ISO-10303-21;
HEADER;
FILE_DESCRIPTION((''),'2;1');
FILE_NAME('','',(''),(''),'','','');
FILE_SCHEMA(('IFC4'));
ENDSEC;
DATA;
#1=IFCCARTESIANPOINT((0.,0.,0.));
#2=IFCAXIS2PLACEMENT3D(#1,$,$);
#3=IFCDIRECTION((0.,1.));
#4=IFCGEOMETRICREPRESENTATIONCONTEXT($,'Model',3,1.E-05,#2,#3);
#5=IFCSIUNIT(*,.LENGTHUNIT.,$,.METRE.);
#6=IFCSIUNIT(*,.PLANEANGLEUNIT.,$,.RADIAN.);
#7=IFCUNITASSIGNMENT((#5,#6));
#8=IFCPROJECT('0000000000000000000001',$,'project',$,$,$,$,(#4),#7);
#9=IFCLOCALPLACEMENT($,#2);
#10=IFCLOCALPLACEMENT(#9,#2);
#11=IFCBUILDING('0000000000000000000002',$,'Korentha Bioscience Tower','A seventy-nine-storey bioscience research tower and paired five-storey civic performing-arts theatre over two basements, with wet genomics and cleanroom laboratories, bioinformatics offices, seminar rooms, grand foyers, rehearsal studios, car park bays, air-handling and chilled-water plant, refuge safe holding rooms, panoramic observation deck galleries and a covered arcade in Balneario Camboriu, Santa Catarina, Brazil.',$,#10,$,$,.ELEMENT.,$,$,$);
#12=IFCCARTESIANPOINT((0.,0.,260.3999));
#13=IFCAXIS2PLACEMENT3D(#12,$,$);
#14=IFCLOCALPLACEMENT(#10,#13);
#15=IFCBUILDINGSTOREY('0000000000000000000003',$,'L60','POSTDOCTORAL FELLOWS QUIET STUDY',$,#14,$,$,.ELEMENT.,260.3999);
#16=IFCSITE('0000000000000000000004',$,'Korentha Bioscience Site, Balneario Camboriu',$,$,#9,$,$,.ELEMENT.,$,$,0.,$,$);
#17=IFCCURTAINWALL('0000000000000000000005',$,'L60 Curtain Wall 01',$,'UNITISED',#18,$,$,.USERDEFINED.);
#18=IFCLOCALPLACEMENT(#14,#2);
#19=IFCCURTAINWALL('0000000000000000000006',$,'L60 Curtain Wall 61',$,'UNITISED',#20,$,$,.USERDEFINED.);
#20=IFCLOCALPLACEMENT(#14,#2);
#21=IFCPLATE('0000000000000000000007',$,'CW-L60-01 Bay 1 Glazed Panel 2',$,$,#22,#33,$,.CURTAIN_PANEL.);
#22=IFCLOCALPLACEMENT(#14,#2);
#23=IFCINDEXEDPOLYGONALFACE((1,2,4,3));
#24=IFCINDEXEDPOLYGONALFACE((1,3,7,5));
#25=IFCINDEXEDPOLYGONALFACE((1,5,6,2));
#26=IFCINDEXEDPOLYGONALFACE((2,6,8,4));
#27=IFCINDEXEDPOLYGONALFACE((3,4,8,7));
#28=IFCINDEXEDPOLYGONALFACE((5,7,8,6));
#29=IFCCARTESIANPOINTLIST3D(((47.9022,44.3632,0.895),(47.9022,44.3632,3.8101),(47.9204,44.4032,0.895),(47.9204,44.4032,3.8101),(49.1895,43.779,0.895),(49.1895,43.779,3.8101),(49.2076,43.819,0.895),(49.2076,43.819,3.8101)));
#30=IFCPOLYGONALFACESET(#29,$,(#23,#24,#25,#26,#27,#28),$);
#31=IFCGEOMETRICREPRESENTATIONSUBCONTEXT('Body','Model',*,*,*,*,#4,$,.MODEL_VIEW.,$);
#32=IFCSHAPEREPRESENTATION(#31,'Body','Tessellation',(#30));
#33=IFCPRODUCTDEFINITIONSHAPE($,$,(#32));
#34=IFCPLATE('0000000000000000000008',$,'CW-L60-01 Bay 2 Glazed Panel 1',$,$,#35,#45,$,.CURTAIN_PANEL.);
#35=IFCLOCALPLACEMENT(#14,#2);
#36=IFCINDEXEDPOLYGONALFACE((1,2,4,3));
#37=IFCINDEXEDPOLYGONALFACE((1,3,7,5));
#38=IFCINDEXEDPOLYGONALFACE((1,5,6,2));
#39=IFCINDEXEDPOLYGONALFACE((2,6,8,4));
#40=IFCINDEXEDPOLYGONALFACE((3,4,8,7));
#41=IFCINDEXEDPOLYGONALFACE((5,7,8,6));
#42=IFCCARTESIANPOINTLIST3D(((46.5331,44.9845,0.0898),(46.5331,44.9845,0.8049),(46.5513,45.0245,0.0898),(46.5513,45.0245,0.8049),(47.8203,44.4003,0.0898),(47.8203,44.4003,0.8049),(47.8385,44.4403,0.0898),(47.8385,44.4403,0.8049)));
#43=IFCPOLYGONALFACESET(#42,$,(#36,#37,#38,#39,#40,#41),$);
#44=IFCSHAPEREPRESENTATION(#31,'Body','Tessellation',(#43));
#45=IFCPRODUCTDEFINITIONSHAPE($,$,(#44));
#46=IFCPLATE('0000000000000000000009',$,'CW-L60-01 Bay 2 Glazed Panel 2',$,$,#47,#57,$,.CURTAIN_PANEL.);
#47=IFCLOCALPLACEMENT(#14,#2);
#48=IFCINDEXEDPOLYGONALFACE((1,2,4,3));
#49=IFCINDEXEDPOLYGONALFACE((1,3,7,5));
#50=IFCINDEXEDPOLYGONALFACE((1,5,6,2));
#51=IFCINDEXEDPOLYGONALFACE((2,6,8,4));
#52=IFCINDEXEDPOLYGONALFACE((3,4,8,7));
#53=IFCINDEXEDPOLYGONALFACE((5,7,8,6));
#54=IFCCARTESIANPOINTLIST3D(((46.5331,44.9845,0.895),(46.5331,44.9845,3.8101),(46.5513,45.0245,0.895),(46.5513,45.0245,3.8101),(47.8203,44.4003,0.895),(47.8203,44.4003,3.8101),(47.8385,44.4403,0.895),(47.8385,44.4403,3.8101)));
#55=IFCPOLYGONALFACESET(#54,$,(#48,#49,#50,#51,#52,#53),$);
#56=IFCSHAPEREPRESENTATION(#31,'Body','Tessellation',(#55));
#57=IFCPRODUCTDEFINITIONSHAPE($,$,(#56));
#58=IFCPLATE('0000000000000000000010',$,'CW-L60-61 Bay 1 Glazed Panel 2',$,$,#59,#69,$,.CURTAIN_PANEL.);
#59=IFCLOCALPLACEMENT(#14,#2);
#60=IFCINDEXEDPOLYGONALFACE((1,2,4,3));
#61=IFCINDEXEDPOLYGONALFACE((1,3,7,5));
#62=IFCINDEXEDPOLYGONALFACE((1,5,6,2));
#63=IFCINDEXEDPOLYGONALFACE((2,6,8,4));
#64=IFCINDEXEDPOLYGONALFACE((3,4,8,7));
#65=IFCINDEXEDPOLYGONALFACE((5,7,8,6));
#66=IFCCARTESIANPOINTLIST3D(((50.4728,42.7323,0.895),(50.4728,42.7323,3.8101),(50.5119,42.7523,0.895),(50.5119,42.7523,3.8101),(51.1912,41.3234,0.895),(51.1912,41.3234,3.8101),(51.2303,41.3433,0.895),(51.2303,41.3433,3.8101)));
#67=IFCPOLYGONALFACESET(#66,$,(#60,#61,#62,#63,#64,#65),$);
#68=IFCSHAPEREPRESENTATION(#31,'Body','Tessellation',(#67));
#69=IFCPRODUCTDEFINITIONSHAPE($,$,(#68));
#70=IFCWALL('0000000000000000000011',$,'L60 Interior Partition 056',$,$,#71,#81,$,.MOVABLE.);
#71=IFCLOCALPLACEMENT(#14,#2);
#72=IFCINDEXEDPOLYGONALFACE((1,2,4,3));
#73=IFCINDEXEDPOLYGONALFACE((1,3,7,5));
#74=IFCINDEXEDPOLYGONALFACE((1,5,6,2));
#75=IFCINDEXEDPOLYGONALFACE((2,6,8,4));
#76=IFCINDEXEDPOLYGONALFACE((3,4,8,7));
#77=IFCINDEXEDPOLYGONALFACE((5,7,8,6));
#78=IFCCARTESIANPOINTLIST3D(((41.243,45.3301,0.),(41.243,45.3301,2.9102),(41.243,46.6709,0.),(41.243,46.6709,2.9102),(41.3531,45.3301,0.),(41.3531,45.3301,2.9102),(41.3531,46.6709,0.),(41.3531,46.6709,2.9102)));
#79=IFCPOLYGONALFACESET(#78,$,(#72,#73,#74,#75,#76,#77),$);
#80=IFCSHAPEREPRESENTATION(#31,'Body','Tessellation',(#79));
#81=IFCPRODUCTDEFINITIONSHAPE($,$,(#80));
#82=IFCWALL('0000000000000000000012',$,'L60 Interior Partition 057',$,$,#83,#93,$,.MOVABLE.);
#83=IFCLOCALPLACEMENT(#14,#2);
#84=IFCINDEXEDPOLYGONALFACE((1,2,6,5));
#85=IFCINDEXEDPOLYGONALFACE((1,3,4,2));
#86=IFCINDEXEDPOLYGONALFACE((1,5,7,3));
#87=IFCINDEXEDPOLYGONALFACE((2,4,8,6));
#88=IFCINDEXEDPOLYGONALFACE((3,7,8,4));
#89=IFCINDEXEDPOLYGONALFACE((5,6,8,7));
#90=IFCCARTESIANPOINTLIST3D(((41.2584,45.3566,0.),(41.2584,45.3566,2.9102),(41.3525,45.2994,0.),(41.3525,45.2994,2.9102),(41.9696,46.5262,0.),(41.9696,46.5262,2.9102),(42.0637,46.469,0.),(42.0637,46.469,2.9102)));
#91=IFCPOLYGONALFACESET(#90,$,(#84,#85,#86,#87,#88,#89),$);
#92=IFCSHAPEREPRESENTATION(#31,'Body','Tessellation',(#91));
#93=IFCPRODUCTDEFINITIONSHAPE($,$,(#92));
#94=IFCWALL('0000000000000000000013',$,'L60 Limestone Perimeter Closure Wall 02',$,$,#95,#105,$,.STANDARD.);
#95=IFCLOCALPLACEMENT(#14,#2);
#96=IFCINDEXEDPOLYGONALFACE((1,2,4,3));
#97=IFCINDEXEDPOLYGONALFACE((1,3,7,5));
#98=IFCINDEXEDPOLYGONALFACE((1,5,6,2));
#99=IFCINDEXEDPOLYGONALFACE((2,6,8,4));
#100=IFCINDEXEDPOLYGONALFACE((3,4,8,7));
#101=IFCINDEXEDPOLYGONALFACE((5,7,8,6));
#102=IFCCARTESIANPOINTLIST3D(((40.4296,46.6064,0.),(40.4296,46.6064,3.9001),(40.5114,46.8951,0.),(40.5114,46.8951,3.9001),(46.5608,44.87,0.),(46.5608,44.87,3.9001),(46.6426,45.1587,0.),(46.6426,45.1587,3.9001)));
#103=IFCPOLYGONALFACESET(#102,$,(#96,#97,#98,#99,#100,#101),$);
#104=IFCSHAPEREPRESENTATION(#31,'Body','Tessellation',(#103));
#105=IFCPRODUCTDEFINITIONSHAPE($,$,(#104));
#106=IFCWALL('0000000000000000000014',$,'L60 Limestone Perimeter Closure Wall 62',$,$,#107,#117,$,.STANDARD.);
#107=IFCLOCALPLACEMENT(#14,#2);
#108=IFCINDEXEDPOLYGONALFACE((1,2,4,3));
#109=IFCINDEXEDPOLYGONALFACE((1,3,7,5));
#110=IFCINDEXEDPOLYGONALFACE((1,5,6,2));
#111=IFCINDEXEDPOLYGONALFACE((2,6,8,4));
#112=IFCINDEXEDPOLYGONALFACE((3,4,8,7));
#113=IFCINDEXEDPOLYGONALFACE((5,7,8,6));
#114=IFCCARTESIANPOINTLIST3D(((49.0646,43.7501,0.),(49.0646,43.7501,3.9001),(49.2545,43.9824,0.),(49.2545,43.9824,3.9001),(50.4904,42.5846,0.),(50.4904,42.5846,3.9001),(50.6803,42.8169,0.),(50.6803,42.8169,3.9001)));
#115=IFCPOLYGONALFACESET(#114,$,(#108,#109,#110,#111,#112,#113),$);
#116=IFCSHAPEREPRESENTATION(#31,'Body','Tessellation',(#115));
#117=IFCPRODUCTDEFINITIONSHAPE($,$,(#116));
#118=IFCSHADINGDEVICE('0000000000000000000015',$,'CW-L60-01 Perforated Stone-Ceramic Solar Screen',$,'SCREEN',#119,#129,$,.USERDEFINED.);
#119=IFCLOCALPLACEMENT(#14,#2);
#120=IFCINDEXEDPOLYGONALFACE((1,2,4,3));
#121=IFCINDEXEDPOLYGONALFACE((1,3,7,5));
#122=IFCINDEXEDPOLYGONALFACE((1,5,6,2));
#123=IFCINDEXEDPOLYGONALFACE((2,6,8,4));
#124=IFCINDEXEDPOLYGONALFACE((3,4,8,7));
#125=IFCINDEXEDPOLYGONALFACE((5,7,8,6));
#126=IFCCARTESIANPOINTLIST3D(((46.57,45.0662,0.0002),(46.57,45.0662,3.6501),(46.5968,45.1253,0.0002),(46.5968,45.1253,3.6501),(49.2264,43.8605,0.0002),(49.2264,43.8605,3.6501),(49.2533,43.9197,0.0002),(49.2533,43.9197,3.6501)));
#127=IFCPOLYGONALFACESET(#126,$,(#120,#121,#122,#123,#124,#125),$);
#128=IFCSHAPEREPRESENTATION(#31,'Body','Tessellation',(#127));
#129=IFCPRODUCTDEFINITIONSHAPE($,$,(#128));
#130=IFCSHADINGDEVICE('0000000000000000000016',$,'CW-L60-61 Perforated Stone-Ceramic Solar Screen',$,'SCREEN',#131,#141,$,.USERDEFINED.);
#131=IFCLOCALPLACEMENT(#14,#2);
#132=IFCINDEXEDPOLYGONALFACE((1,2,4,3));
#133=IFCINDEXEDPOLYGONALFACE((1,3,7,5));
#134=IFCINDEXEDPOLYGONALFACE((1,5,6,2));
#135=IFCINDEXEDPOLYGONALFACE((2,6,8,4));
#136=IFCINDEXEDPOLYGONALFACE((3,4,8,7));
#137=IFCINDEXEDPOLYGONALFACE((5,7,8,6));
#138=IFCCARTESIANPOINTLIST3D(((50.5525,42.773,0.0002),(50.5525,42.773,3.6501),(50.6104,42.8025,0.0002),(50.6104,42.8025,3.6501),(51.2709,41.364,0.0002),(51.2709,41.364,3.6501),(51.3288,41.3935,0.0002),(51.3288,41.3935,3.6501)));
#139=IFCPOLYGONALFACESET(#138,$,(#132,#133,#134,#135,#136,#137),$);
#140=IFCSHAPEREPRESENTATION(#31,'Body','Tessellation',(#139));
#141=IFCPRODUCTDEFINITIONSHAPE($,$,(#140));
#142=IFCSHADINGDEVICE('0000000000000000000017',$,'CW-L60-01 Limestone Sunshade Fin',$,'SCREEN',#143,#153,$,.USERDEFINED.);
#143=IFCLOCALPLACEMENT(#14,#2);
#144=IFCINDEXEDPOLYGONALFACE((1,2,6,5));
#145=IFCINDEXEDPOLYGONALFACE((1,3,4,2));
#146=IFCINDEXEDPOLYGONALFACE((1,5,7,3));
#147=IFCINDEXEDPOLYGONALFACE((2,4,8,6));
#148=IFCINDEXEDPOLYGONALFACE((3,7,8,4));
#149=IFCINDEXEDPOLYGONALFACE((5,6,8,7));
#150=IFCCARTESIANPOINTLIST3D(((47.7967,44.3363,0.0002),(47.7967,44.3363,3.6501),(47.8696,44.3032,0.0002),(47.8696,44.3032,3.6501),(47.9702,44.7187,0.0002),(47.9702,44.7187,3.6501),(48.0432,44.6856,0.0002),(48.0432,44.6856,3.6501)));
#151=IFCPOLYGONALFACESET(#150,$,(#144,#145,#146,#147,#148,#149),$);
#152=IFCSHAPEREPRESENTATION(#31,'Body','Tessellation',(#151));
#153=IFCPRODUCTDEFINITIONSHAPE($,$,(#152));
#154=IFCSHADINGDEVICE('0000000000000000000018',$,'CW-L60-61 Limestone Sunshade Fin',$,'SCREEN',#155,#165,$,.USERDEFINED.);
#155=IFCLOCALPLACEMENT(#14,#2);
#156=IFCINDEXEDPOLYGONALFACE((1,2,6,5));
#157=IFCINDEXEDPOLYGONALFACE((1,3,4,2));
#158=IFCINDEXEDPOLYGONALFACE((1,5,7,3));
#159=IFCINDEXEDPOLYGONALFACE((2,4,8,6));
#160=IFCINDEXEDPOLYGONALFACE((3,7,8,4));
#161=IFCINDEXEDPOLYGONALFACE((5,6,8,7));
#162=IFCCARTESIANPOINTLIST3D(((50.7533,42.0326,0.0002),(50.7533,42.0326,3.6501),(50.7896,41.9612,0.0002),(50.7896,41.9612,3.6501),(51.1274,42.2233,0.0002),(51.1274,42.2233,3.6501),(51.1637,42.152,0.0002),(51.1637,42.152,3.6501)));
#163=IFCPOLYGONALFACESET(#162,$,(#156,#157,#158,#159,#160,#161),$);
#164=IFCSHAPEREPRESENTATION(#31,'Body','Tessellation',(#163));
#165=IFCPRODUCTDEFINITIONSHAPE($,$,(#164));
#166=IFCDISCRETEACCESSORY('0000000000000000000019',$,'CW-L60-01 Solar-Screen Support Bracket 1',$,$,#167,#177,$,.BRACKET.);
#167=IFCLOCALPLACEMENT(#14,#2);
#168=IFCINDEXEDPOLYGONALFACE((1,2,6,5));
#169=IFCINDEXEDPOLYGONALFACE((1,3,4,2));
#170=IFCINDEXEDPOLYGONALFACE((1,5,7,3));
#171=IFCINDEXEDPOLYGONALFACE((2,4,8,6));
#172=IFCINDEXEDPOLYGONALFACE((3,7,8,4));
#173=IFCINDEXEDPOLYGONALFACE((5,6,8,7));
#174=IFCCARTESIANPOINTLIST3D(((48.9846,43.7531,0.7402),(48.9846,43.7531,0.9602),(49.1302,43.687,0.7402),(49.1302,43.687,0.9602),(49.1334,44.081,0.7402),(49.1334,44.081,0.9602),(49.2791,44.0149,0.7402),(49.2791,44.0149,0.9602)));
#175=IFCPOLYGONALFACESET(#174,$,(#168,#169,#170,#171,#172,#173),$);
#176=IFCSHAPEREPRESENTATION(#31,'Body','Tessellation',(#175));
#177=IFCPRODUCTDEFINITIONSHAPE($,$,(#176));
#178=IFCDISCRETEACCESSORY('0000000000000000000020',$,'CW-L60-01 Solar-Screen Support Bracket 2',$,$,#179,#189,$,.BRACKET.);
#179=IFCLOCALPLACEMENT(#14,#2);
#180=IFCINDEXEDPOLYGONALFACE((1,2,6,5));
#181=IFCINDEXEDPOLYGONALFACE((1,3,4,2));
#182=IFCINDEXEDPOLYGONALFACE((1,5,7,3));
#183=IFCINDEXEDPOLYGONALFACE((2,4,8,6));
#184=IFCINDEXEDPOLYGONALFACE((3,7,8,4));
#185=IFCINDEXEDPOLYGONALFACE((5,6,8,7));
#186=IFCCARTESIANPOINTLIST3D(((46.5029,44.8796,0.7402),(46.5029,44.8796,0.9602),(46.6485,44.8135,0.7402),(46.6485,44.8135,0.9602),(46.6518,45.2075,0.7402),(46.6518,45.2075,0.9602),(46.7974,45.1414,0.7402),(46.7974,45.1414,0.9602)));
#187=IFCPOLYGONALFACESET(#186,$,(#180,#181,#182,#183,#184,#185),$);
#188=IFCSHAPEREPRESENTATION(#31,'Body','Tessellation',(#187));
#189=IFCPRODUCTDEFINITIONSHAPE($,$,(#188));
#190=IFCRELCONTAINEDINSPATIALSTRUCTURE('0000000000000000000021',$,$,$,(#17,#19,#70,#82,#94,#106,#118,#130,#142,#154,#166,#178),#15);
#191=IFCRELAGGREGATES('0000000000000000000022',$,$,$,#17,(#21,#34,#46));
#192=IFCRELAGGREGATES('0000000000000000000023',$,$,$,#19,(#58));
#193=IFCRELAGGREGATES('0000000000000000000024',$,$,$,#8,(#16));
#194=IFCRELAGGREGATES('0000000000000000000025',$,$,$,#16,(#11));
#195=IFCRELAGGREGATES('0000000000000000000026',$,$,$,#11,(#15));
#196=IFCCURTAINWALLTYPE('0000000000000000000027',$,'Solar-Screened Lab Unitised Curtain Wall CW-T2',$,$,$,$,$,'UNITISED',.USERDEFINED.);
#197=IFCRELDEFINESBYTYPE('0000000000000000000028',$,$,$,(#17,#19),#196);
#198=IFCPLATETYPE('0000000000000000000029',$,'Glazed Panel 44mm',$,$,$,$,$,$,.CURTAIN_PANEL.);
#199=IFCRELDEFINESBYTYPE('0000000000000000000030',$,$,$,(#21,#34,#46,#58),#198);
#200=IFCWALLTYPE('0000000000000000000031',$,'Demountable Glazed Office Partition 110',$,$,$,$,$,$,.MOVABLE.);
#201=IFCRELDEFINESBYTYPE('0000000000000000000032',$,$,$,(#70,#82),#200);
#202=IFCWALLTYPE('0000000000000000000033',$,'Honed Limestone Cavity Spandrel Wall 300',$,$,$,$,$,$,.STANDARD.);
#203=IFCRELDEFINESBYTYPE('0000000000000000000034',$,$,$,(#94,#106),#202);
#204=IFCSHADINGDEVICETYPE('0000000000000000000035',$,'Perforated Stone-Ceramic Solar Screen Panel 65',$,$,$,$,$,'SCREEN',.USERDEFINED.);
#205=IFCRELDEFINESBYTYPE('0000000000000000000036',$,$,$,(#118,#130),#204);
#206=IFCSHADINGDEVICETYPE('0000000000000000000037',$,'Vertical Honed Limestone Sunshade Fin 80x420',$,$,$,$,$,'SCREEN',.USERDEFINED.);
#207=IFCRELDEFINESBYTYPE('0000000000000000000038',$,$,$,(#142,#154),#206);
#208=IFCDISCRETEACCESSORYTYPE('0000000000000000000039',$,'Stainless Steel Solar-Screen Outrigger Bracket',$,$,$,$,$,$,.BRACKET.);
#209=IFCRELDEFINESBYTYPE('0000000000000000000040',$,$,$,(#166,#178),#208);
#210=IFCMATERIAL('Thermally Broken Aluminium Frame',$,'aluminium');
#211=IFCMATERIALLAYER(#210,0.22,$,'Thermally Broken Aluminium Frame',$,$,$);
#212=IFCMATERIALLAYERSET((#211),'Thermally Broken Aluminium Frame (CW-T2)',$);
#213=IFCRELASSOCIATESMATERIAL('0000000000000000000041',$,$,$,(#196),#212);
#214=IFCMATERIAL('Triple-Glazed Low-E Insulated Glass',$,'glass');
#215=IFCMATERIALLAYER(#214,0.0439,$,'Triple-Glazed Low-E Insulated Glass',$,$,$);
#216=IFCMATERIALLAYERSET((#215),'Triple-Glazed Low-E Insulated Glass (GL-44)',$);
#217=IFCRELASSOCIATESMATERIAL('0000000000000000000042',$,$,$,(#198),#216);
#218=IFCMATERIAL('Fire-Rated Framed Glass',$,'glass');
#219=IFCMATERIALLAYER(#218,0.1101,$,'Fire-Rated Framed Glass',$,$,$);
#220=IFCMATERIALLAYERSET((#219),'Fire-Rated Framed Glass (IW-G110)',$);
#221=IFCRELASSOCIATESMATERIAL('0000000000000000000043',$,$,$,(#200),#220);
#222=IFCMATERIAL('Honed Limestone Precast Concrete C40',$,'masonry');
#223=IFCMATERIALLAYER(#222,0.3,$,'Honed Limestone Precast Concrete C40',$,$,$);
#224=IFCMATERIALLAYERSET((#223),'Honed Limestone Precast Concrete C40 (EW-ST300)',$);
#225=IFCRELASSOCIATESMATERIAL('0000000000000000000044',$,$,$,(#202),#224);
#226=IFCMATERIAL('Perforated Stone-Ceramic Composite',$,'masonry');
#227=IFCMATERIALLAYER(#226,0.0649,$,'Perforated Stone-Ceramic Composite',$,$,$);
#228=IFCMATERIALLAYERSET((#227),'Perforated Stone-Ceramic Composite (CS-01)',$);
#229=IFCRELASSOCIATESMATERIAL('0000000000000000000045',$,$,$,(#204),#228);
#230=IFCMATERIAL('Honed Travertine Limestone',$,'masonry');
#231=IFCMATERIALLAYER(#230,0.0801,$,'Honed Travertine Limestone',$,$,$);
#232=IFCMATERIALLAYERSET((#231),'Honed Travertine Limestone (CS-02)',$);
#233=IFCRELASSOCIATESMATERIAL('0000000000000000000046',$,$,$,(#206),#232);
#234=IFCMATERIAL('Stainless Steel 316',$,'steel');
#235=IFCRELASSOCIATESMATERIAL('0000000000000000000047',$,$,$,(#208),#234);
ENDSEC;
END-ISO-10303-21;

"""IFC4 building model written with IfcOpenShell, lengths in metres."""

from ifc_helpers import new_model, si_unit, direction, frame, frame_2d, origin, origin_2d, place, context, subcontext, project, spatial, rectangle, extrude, material, layer, layer_set, type_object, element, aggregate, save


model = new_model("IFC4")

# Units and contexts
model_context = context("Model", 3, precision=1e-05, world=origin(), true_north=direction((0.0, 1.0)))
body_context = subcontext(model_context, "Body", "Model", "MODEL_VIEW")
ifc_project = project(units=[si_unit("LENGTHUNIT", "METRE"), si_unit("PLANEANGLEUNIT", "RADIAN")], contexts=[model_context])

# Site, building, storey
site_placement = place(None, origin())
site = spatial("IfcSite", under=ifc_project, at=site_placement, Name="Korentha Bioscience Site, Balneario Camboriu", CompositionType="ELEMENT", RefElevation=0.0)
building_placement = place(site_placement, origin())
building = spatial("IfcBuilding", under=site, at=building_placement, Name="Korentha Bioscience Tower", Description="A seventy-nine-storey bioscience research tower and paired five-storey civic performing-arts theatre over two basements, with wet genomics and cleanroom laboratories, bioinformatics offices, seminar rooms, grand foyers, rehearsal studios, car park bays, air-handling and chilled-water plant, refuge safe holding rooms, panoramic observation deck galleries and a covered arcade in Balneario Camboriu, Santa Catarina, Brazil.", CompositionType="ELEMENT")
storey_placement = place(building_placement, frame((0.0, 0.0, 260.3999)))
storey = spatial("IfcBuildingStorey", under=building, at=storey_placement, Name="L60", Description="POSTDOCTORAL FELLOWS QUIET STUDY", CompositionType="ELEMENT", Elevation=260.3999)

# Curtain wall
ifc_material_1 = material(Name="Thermally Broken Aluminium Frame", Category="aluminium")
ifc_layer_1 = layer(ifc_material_1, 0.22, Name="Thermally Broken Aluminium Frame")
ifc_layer_set_1 = layer_set([ifc_layer_1], Name="Thermally Broken Aluminium Frame (CW-T2)")
curtain_wall_type = type_object("IfcCurtainWallType", Name="Solar-Screened Lab Unitised Curtain Wall CW-T2", ElementType="UNITISED", PredefinedType="USERDEFINED", material=ifc_layer_set_1)
curtain_wall_1_placement = place(storey_placement, origin())
curtain_wall_1 = element("IfcCurtainWall", 1, at=curtain_wall_1_placement, inside=storey, type_object=curtain_wall_type, Name="L60 Curtain Wall 01", ObjectType="UNITISED", PredefinedType="USERDEFINED")

# Curtain wall
curtain_wall_2_placement = place(storey_placement, origin())
curtain_wall_2 = element("IfcCurtainWall", 2, at=curtain_wall_2_placement, inside=storey, type_object=curtain_wall_type, Name="L60 Curtain Wall 61", ObjectType="UNITISED", PredefinedType="USERDEFINED")

# Plates
ifc_material_2 = material(Name="Triple-Glazed Low-E Insulated Glass", Category="glass")
ifc_layer_2 = layer(ifc_material_2, 0.0439, Name="Triple-Glazed Low-E Insulated Glass")
ifc_layer_set_2 = layer_set([ifc_layer_2], Name="Triple-Glazed Low-E Insulated Glass (GL-44)")
plate_type = type_object("IfcPlateType", Name="Glazed Panel 44mm", PredefinedType="CURTAIN_PANEL", material=ifc_layer_set_2)
plate_1_placement = place(storey_placement, frame((48.5549, 44.0911, 0.895), z_axis=(0.0, 0.0, 1.0), x_axis=(-0.910604, 0.41328, 0.0)))
plate_1 = element("IfcPlate", 3, at=plate_1_placement, type_object=plate_type, Name="CW-L60-01 Bay 1 Glazed Panel 2", PredefinedType="CURTAIN_PANEL", context=body_context, shape_type="SweptSolid", body=[
    extrude(rectangle(XDim=1.4136, YDim=0.0439, at=origin_2d()), origin(), (0.0, 0.0, 1.0), 2.915),
])
plate_2_placement = place(storey_placement, frame((47.1858, 44.7124, 0.0898), z_axis=(0.0, 0.0, 1.0), x_axis=(-0.910604, 0.41328, 0.0)))
plate_2 = element("IfcPlate", 4, at=plate_2_placement, type_object=plate_type, Name="CW-L60-01 Bay 2 Glazed Panel 1", PredefinedType="CURTAIN_PANEL", context=body_context, shape_type="SweptSolid", body=[
    extrude(rectangle(XDim=1.4136, YDim=0.0439, at=origin_2d()), origin(), (0.0, 0.0, 1.0), 0.7151),
])
plate_3_placement = place(storey_placement, frame((47.1858, 44.7124, 0.895), z_axis=(0.0, 0.0, 1.0), x_axis=(-0.910604, 0.41328, 0.0)))
plate_3 = element("IfcPlate", 5, at=plate_3_placement, type_object=plate_type, Name="CW-L60-01 Bay 2 Glazed Panel 2", PredefinedType="CURTAIN_PANEL", context=body_context, shape_type="SweptSolid", body=[
    extrude(rectangle(XDim=1.4136, YDim=0.0439, at=origin_2d()), origin(), (0.0, 0.0, 1.0), 2.915),
])
aggregate(curtain_wall_1, [plate_1, plate_2, plate_3])
plate_4_placement = place(storey_placement, frame((50.8516, 42.0378, 0.895), z_axis=(0.0, 0.0, 1.0), x_axis=(-0.454239, 0.89088, 0.0)))
plate_4 = element("IfcPlate", 6, at=plate_4_placement, type_object=plate_type, Name="CW-L60-61 Bay 1 Glazed Panel 2", PredefinedType="CURTAIN_PANEL", context=body_context, shape_type="SweptSolid", body=[
    extrude(rectangle(XDim=1.5815, YDim=0.0439, at=origin_2d()), origin(), (0.0, 0.0, 1.0), 2.915),
])
aggregate(curtain_wall_2, [plate_4])

# Walls
ifc_material_3 = material(Name="Fire-Rated Framed Glass", Category="glass")
ifc_layer_3 = layer(ifc_material_3, 0.1101, Name="Fire-Rated Framed Glass")
ifc_layer_set_3 = layer_set([ifc_layer_3], Name="Fire-Rated Framed Glass (IW-G110)")
wall_type_1 = type_object("IfcWallType", Name="Demountable Glazed Office Partition 110", PredefinedType="MOVABLE", material=ifc_layer_set_3)
wall_1_placement = place(storey_placement, frame((41.2981, 46.6709, 0.0), z_axis=(0.0, 0.0, 1.0), x_axis=(0.0, -1.0, 0.0)))
element("IfcWall", 7, at=wall_1_placement, inside=storey, type_object=wall_type_1, Name="L60 Interior Partition 056", PredefinedType="MOVABLE", context=body_context, shape_type="SweptSolid", body=[
    extrude(rectangle(XDim=1.3408, YDim=0.1101, at=frame_2d((0.6704, 0.0))), origin(), (0.0, 0.0, 1.0), 2.9102),
])
wall_2_placement = place(storey_placement, frame((41.3054, 45.3279, 0.0), z_axis=(0.0, 0.0, 1.0), x_axis=(0.519523, 0.854457, 0.0)))
element("IfcWall", 8, at=wall_2_placement, inside=storey, type_object=wall_type_1, Name="L60 Interior Partition 057", PredefinedType="MOVABLE", context=body_context, shape_type="SweptSolid", body=[
    extrude(rectangle(XDim=1.3689, YDim=0.1101, at=frame_2d((0.6846, 0.0))), origin(), (0.0, 0.0, 1.0), 2.9102),
])
ifc_material_4 = material(Name="Honed Limestone Precast Concrete C40", Category="masonry")
ifc_layer_4 = layer(ifc_material_4, 0.3, Name="Honed Limestone Precast Concrete C40")
ifc_layer_set_4 = layer_set([ifc_layer_4], Name="Honed Limestone Precast Concrete C40 (EW-ST300)")
wall_type_2 = type_object("IfcWallType", Name="Honed Limestone Cavity Spandrel Wall 300", PredefinedType="STANDARD", material=ifc_layer_set_4)
wall_3_placement = place(storey_placement, frame((46.6016, 45.0144, 0.0), z_axis=(0.0, 0.0, 1.0), x_axis=(-0.96216, 0.272484, 0.0)))
element("IfcWall", 9, at=wall_3_placement, inside=storey, type_object=wall_type_2, Name="L60 Limestone Perimeter Closure Wall 02", PredefinedType="STANDARD", context=body_context, shape_type="SweptSolid", body=[
    extrude(rectangle(XDim=6.3723, YDim=0.3, at=frame_2d((3.186, 0.0))), origin(), (0.0, 0.0, 1.0), 3.9001),
])
wall_4_placement = place(storey_placement, frame((50.5854, 42.7007, 0.0), z_axis=(0.0, 0.0, 1.0), x_axis=(-0.774229, 0.632906, 0.0)))
element("IfcWall", 10, at=wall_4_placement, inside=storey, type_object=wall_type_2, Name="L60 Limestone Perimeter Closure Wall 62", PredefinedType="STANDARD", context=body_context, shape_type="SweptSolid", body=[
    extrude(rectangle(XDim=1.8416, YDim=0.3, at=frame_2d((0.9209, 0.0))), origin(), (0.0, 0.0, 1.0), 3.9001),
])

# Shading devices
ifc_material_5 = material(Name="Perforated Stone-Ceramic Composite", Category="masonry")
ifc_layer_5 = layer(ifc_material_5, 0.0649, Name="Perforated Stone-Ceramic Composite")
ifc_layer_set_5 = layer_set([ifc_layer_5], Name="Perforated Stone-Ceramic Composite (CS-01)")
shading_device_type_1 = type_object("IfcShadingDeviceType", Name="Perforated Stone-Ceramic Solar Screen Panel 65", ElementType="SCREEN", PredefinedType="USERDEFINED", material=ifc_layer_set_5)
shading_device_1_placement = place(storey_placement, frame((47.9116, 44.4929, 0.0002), z_axis=(0.0, 0.0, 1.0), x_axis=(-0.910604, 0.41328, 0.0)))
element("IfcShadingDevice", 11, at=shading_device_1_placement, inside=storey, type_object=shading_device_type_1, Name="CW-L60-01 Perforated Stone-Ceramic Solar Screen", ObjectType="SCREEN", PredefinedType="USERDEFINED", context=body_context, shape_type="SweptSolid", body=[
    extrude(rectangle(XDim=2.9172, YDim=0.0649, at=origin_2d()), origin(), (0.0, 0.0, 1.0), 3.6499),
])
shading_device_2_placement = place(storey_placement, frame((50.9407, 42.0833, 0.0002), z_axis=(0.0, 0.0, 1.0), x_axis=(-0.454239, 0.89088, 0.0)))
element("IfcShadingDevice", 12, at=shading_device_2_placement, inside=storey, type_object=shading_device_type_1, Name="CW-L60-61 Perforated Stone-Ceramic Solar Screen", ObjectType="SCREEN", PredefinedType="USERDEFINED", context=body_context, shape_type="SweptSolid", body=[
    extrude(rectangle(XDim=1.5815, YDim=0.0649, at=origin_2d()), origin(), (0.0, 0.0, 1.0), 3.6499),
])
ifc_material_6 = material(Name="Honed Travertine Limestone", Category="masonry")
ifc_layer_6 = layer(ifc_material_6, 0.0801, Name="Honed Travertine Limestone")
ifc_layer_set_6 = layer_set([ifc_layer_6], Name="Honed Travertine Limestone (CS-02)")
shading_device_type_2 = type_object("IfcShadingDeviceType", Name="Vertical Honed Limestone Sunshade Fin 80x420", ElementType="SCREEN", PredefinedType="USERDEFINED", material=ifc_layer_set_6)
for number, where, z_axis, x_axis, name in (
    (13, (47.9199, 44.511, 0.0002), (0.0, 0.0, 1.0), (-0.910604, 0.41328, 0.0), "CW-L60-01 Limestone Sunshade Fin"),
    (14, (50.9585, 42.0923, 0.0002), (0.0, 0.0, 1.0), (-0.454239, 0.89088, 0.0), "CW-L60-61 Limestone Sunshade Fin"),
):
    element("IfcShadingDevice", number, at=place(storey_placement, frame(where, z_axis=z_axis, x_axis=x_axis)), inside=storey, type_object=shading_device_type_2, Name=name, ObjectType="SCREEN", PredefinedType="USERDEFINED", context=body_context, shape_type="SweptSolid", body=[
        extrude(rectangle(XDim=0.0801, YDim=0.4199, at=origin_2d()), origin(), (0.0, 0.0, 1.0), 3.6499),
    ])

# Discrete accessories
ifc_material_7 = material(Name="Stainless Steel 316", Category="steel")
discrete_accessory_type = type_object("IfcDiscreteAccessoryType", Name="Stainless Steel Solar-Screen Outrigger Bracket", PredefinedType="BRACKET", material=ifc_material_7)
for number, where, z_axis, x_axis, name in (
    (15, (49.1318, 43.884, 0.7402), (0.0, 0.0, 1.0), (-0.910604, 0.41328, 0.0), "CW-L60-01 Solar-Screen Support Bracket 1"),
    (16, (46.6501, 45.0105, 0.7402), (0.0, 0.0, 1.0), (-0.910604, 0.41328, 0.0), "CW-L60-01 Solar-Screen Support Bracket 2"),
):
    element("IfcDiscreteAccessory", number, at=place(storey_placement, frame(where, z_axis=z_axis, x_axis=x_axis)), inside=storey, type_object=discrete_accessory_type, Name=name, PredefinedType="BRACKET", context=body_context, shape_type="SweptSolid", body=[
        extrude(rectangle(XDim=0.1599, YDim=0.3601, at=origin_2d()), origin(), (0.0, 0.0, 1.0), 0.22),
    ])

save(model, "model.ifc")
